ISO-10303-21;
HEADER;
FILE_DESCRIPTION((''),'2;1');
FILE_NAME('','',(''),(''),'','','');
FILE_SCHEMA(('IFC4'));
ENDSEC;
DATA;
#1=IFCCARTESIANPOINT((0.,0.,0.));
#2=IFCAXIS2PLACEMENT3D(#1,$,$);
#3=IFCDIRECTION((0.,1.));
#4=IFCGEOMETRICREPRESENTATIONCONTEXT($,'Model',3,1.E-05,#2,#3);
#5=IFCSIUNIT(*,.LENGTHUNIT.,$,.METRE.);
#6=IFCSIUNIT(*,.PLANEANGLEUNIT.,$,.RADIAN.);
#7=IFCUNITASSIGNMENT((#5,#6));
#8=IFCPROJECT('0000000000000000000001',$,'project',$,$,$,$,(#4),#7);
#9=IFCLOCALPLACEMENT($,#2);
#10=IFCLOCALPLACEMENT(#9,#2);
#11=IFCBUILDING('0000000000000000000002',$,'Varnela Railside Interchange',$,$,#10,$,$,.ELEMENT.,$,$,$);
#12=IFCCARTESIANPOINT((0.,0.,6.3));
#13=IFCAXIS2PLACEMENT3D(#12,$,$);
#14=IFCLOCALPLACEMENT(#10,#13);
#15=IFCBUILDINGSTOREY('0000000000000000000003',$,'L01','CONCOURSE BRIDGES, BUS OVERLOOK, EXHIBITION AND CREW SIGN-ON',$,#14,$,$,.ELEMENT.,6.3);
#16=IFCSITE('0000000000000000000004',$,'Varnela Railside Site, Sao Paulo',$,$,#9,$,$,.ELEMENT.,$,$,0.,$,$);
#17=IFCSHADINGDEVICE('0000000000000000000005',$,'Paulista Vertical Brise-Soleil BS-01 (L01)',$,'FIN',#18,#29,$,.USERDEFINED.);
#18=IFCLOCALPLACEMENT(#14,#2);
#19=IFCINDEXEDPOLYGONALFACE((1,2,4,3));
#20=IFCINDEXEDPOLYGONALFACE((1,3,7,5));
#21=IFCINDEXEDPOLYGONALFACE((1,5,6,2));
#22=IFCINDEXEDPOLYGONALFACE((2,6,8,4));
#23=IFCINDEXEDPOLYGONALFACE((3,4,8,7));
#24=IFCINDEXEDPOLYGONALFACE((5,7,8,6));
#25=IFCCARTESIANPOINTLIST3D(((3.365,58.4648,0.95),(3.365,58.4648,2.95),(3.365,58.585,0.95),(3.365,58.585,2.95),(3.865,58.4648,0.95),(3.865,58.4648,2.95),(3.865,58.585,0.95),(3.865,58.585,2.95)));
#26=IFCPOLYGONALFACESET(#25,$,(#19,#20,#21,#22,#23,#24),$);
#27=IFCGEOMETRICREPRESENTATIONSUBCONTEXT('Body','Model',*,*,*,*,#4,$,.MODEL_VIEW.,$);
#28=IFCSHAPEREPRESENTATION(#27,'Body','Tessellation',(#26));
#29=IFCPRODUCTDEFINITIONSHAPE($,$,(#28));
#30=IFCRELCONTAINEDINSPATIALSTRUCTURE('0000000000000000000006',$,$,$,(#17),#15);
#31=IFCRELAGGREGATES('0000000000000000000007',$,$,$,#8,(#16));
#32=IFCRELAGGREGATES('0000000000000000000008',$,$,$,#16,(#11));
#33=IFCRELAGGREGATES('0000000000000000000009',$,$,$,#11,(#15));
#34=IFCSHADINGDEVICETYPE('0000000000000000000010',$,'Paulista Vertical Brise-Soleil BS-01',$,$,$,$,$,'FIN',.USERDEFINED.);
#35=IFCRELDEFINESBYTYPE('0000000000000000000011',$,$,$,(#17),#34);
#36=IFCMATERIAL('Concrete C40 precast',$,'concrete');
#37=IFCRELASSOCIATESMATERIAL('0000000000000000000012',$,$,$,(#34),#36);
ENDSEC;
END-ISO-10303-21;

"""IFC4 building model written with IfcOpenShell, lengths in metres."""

from ifc_helpers import new_model, si_unit, direction, frame, origin, origin_2d, place, context, subcontext, project, spatial, rectangle, extrude, material, type_object, element, save


model = new_model("IFC4")

# Units and contexts
model_context = context("Model", 3, precision=1e-05, world=origin(), true_north=direction((0.0, 1.0)))
body_context = subcontext(model_context, "Body", "Model", "MODEL_VIEW")
ifc_project = project(units=[si_unit("LENGTHUNIT", "METRE"), si_unit("PLANEANGLEUNIT", "RADIAN")], contexts=[model_context])

# Site, building, storey
site_placement = place(None, origin())
site = spatial("IfcSite", under=ifc_project, at=site_placement, Name="Varnela Railside Site, Sao Paulo", CompositionType="ELEMENT", RefElevation=0.0)
building_placement = place(site_placement, origin())
building = spatial("IfcBuilding", under=site, at=building_placement, Name="Varnela Railside Interchange", CompositionType="ELEMENT")
storey_placement = place(building_placement, frame((0.0, 0.0, 6.3)))
storey = spatial("IfcBuildingStorey", under=building, at=storey_placement, Name="L01", Description="CONCOURSE BRIDGES, BUS OVERLOOK, EXHIBITION AND CREW SIGN-ON", CompositionType="ELEMENT", Elevation=6.3)

# Shared definitions
ifc_material_1 = material(Name="Concrete C40 precast", Category="concrete")

# Shading device
shading_device_type = type_object("IfcShadingDeviceType", Name="Paulista Vertical Brise-Soleil BS-01", ElementType="FIN", PredefinedType="USERDEFINED", material=ifc_material_1)
for number, where, z_axis, x_axis, name in (
    (1, (3.615, 58.5249, 0.95), (0.0, 0.0, 1.0), (-1.0, 0.0, 0.0), "Paulista Vertical Brise-Soleil BS-01 (L01)"),
):
    element("IfcShadingDevice", number, at=place(storey_placement, frame(where, z_axis=z_axis, x_axis=x_axis)), inside=storey, type_object=shading_device_type, Name=name, ObjectType="FIN", PredefinedType="USERDEFINED", context=body_context, shape_type="SweptSolid", body=[
        extrude(rectangle(XDim=0.5, YDim=0.1201, at=origin_2d()), origin(), (0.0, 0.0, 1.0), 2.0),
    ])

save(model, "model.ifc")
